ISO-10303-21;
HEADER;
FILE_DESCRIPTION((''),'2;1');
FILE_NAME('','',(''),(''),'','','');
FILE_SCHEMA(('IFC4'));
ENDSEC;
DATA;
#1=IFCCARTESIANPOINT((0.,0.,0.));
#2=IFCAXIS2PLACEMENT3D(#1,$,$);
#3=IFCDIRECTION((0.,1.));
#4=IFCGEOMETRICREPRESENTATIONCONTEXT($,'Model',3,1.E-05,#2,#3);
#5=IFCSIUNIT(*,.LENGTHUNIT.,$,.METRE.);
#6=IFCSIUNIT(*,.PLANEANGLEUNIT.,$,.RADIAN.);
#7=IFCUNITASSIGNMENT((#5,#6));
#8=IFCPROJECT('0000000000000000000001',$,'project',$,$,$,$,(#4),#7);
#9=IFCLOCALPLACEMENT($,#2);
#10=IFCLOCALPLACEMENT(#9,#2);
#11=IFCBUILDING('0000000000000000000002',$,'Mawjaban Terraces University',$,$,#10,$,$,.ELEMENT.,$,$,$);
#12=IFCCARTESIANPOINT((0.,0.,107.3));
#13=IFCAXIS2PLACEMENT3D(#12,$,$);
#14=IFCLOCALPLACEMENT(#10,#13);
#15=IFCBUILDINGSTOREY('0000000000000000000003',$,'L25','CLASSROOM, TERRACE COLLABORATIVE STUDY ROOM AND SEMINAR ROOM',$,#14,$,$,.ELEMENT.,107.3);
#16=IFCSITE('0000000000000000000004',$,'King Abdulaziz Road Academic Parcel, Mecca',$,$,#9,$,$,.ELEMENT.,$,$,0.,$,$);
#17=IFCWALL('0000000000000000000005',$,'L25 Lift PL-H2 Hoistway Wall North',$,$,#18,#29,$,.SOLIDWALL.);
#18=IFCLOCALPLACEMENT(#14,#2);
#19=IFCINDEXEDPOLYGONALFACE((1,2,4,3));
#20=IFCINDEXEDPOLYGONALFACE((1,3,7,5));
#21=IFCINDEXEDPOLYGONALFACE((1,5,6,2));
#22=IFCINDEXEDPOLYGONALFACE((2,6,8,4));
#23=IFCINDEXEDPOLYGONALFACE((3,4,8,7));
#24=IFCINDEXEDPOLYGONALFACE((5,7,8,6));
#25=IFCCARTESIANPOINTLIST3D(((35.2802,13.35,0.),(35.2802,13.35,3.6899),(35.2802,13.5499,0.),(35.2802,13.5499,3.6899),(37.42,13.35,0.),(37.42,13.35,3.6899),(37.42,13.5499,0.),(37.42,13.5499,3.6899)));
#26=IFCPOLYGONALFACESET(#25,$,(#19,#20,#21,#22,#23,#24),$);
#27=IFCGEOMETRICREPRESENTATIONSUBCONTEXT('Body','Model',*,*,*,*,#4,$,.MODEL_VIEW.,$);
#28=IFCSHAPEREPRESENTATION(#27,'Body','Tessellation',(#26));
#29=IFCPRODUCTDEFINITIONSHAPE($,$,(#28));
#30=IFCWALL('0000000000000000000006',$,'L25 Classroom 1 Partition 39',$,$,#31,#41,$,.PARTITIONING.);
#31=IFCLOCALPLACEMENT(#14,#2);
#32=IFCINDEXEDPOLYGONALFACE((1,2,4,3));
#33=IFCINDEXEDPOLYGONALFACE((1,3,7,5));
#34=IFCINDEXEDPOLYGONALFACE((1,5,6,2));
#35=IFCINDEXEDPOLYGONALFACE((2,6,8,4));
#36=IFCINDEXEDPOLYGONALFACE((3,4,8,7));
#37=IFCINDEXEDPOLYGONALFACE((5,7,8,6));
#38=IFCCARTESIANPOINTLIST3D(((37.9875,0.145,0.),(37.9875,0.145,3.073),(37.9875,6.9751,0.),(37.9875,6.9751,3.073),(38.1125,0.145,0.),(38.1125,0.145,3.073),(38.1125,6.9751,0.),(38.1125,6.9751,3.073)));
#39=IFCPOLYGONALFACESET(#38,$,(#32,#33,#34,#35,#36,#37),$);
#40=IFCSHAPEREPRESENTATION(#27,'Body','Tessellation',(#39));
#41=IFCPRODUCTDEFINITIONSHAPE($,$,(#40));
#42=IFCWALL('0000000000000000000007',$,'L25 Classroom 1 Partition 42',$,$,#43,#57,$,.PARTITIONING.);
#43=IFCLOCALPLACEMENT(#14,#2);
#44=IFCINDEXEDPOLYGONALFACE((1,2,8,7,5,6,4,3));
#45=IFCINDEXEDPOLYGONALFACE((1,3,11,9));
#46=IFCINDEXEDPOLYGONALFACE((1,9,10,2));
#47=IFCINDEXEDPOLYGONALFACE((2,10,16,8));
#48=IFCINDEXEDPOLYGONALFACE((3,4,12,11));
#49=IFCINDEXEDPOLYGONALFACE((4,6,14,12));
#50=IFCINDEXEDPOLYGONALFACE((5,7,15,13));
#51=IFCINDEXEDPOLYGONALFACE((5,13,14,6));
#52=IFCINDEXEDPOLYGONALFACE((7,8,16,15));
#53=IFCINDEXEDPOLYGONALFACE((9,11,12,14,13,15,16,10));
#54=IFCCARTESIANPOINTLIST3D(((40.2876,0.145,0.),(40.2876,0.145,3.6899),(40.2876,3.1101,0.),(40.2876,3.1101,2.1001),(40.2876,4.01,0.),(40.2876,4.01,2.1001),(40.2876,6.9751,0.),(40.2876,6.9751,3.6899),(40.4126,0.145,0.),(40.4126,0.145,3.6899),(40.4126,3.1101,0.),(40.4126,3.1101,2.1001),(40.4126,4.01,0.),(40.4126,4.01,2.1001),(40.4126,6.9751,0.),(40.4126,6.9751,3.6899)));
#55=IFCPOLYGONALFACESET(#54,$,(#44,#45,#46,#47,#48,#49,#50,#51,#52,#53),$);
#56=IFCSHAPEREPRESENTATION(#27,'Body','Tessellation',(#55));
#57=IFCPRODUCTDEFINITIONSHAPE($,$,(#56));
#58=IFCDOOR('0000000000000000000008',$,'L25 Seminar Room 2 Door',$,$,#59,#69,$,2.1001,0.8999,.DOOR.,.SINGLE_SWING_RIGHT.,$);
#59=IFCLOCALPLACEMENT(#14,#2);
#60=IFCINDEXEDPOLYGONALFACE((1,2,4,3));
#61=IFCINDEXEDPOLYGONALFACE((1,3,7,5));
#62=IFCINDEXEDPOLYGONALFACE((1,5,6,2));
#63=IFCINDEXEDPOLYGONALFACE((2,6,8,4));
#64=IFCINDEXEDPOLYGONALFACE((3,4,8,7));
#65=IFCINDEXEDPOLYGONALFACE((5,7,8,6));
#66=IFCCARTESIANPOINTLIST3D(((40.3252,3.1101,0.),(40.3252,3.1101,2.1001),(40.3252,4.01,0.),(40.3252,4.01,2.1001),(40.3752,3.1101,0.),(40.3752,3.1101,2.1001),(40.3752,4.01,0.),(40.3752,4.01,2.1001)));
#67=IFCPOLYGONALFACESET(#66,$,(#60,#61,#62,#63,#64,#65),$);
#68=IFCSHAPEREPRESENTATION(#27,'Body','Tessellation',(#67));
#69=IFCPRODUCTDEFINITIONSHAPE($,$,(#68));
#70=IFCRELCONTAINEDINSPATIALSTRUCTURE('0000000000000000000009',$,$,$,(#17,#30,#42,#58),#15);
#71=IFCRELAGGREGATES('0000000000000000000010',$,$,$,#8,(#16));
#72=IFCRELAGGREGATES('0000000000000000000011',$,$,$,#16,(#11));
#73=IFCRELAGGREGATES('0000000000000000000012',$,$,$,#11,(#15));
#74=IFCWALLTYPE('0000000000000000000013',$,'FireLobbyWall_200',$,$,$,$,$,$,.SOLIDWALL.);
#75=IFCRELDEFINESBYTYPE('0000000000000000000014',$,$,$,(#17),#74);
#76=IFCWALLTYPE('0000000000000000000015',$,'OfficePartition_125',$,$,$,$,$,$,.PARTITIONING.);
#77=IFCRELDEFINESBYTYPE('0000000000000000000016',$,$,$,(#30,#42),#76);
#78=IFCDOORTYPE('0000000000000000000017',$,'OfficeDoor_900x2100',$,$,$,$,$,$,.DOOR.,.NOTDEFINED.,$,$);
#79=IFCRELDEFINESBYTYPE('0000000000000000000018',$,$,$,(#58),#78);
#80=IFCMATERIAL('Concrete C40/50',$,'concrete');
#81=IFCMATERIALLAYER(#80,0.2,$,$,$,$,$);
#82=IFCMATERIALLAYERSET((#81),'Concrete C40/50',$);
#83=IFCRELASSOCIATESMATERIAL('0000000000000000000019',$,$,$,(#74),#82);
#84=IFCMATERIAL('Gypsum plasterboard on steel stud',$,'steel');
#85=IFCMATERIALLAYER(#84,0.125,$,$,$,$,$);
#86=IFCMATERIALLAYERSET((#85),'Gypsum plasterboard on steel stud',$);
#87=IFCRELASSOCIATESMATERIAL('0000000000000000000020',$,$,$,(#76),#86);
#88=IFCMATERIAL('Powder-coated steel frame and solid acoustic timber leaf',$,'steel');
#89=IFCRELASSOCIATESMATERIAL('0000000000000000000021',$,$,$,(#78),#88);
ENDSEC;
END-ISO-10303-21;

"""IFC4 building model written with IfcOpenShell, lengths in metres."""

from ifc_helpers import new_model, si_unit, direction, frame, frame_2d, origin, place, context, subcontext, project, spatial, rectangle, extrude, material, layer, layer_set, type_object, element, fill, save


model = new_model("IFC4")

# Units and contexts
model_context = context("Model", 3, precision=1e-05, world=origin(), true_north=direction((0.0, 1.0)))
body_context = subcontext(model_context, "Body", "Model", "MODEL_VIEW")
ifc_project = project(units=[si_unit("LENGTHUNIT", "METRE"), si_unit("PLANEANGLEUNIT", "RADIAN")], contexts=[model_context])

# Site, building, storey
site_placement = place(None, origin())
site = spatial("IfcSite", under=ifc_project, at=site_placement, Name="King Abdulaziz Road Academic Parcel, Mecca", CompositionType="ELEMENT", RefElevation=0.0)
building_placement = place(site_placement, origin())
building = spatial("IfcBuilding", under=site, at=building_placement, Name="Mawjaban Terraces University", CompositionType="ELEMENT")
storey_placement = place(building_placement, frame((0.0, 0.0, 107.3)))
storey = spatial("IfcBuildingStorey", under=building, at=storey_placement, Name="L25", Description="CLASSROOM, TERRACE COLLABORATIVE STUDY ROOM AND SEMINAR ROOM", CompositionType="ELEMENT", Elevation=107.3)

# Shared definitions
ifc_material_1 = material(Name="Powder-coated steel frame and solid acoustic timber leaf", Category="steel")

# Walls
ifc_material_2 = material(Name="Concrete C40/50", Category="concrete")
ifc_layer_1 = layer(ifc_material_2, 0.2)
ifc_layer_set_1 = layer_set([ifc_layer_1], Name="Concrete C40/50")
wall_type_1 = type_object("IfcWallType", Name="FireLobbyWall_200", PredefinedType="SOLIDWALL", material=ifc_layer_set_1)
for number, where, z_axis, x_axis, name in (
    (1, (37.4199, 13.45, 0.0), (0.0, 0.0, 1.0), (-1.0, 0.0, 0.0), "L25 Lift PL-H2 Hoistway Wall North"),
):
    element("IfcWall", number, at=place(storey_placement, frame(where, z_axis=z_axis, x_axis=x_axis)), inside=storey, type_object=wall_type_1, Name=name, PredefinedType="SOLIDWALL", context=body_context, shape_type="SweptSolid", body=[
        extrude(rectangle(XDim=2.1399, YDim=0.2, at=frame_2d((1.0698, 0.0))), origin(), (0.0, 0.0, 1.0), 3.6899),
    ])
ifc_material_3 = material(Name="Gypsum plasterboard on steel stud", Category="steel")
ifc_layer_2 = layer(ifc_material_3, 0.125)
ifc_layer_set_2 = layer_set([ifc_layer_2], Name="Gypsum plasterboard on steel stud")
wall_type_2 = type_object("IfcWallType", Name="OfficePartition_125", PredefinedType="PARTITIONING", material=ifc_layer_set_2)
wall_1_placement = place(storey_placement, frame((38.05, 6.9751, 0.0), z_axis=(0.0, 0.0, 1.0), x_axis=(0.0, -1.0, 0.0)))
element("IfcWall", 2, at=wall_1_placement, inside=storey, type_object=wall_type_2, Name="L25 Classroom 1 Partition 39", PredefinedType="PARTITIONING", context=body_context, shape_type="SweptSolid", body=[
    extrude(rectangle(XDim=6.8301, YDim=0.125, at=frame_2d((3.415, 0.0))), origin(), (0.0, 0.0, 1.0), 3.073),
])

# Wall, opening, door
wall_2_placement = place(storey_placement, frame((40.3501, 0.145, 0.0), z_axis=(0.0, 0.0, 1.0), x_axis=(0.0, 1.0, 0.0)))
wall_2 = element("IfcWall", 3, at=wall_2_placement, inside=storey, type_object=wall_type_2, Name="L25 Classroom 1 Partition 42", PredefinedType="PARTITIONING", context=body_context, shape_type="SweptSolid", body=[
    extrude(rectangle(XDim=6.8301, YDim=0.125, at=frame_2d((3.415, 0.0))), origin(), (0.0, 0.0, 1.0), 3.6899),
])
opening_1_placement = place(wall_2_placement, frame((2.9651, 0.0, 0.0)))
opening_1 = element("IfcOpeningElement", 4, at=opening_1_placement, cuts=wall_2, PredefinedType="OPENING", context=body_context, shape_type="SweptSolid", body=[
    extrude(rectangle(XDim=0.8999, YDim=2.1001, at=frame_2d((0.45, 1.05))), frame((0.0, 0.0725, 0.0), z_axis=(0.0, -1.0, 0.0), x_axis=(1.0, 0.0, 0.0)), (0.0, 0.0, 1.0), 0.145),
])
door_type_1 = type_object("IfcDoorType", Name="OfficeDoor_900x2100", OperationType="NOTDEFINED", PredefinedType="DOOR", material=ifc_material_1)
door_1_placement = place(opening_1_placement, origin())
door_1 = element("IfcDoor", 5, at=door_1_placement, inside=storey, type_object=door_type_1, Name="L25 Seminar Room 2 Door", OperationType="SINGLE_SWING_RIGHT", OverallHeight=2.1001, OverallWidth=0.8999, PredefinedType="DOOR", context=body_context, shape_type="SweptSolid", body=[
    extrude(rectangle(XDim=0.8999, YDim=2.1001, at=frame_2d((0.45, 1.05))), frame((0.0, 0.0249, 0.0), z_axis=(0.0, -1.0, 0.0), x_axis=(1.0, 0.0, 0.0)), (0.0, 0.0, 1.0), 0.05),
])
fill(opening_1, door_1)

save(model, "model.ifc")
